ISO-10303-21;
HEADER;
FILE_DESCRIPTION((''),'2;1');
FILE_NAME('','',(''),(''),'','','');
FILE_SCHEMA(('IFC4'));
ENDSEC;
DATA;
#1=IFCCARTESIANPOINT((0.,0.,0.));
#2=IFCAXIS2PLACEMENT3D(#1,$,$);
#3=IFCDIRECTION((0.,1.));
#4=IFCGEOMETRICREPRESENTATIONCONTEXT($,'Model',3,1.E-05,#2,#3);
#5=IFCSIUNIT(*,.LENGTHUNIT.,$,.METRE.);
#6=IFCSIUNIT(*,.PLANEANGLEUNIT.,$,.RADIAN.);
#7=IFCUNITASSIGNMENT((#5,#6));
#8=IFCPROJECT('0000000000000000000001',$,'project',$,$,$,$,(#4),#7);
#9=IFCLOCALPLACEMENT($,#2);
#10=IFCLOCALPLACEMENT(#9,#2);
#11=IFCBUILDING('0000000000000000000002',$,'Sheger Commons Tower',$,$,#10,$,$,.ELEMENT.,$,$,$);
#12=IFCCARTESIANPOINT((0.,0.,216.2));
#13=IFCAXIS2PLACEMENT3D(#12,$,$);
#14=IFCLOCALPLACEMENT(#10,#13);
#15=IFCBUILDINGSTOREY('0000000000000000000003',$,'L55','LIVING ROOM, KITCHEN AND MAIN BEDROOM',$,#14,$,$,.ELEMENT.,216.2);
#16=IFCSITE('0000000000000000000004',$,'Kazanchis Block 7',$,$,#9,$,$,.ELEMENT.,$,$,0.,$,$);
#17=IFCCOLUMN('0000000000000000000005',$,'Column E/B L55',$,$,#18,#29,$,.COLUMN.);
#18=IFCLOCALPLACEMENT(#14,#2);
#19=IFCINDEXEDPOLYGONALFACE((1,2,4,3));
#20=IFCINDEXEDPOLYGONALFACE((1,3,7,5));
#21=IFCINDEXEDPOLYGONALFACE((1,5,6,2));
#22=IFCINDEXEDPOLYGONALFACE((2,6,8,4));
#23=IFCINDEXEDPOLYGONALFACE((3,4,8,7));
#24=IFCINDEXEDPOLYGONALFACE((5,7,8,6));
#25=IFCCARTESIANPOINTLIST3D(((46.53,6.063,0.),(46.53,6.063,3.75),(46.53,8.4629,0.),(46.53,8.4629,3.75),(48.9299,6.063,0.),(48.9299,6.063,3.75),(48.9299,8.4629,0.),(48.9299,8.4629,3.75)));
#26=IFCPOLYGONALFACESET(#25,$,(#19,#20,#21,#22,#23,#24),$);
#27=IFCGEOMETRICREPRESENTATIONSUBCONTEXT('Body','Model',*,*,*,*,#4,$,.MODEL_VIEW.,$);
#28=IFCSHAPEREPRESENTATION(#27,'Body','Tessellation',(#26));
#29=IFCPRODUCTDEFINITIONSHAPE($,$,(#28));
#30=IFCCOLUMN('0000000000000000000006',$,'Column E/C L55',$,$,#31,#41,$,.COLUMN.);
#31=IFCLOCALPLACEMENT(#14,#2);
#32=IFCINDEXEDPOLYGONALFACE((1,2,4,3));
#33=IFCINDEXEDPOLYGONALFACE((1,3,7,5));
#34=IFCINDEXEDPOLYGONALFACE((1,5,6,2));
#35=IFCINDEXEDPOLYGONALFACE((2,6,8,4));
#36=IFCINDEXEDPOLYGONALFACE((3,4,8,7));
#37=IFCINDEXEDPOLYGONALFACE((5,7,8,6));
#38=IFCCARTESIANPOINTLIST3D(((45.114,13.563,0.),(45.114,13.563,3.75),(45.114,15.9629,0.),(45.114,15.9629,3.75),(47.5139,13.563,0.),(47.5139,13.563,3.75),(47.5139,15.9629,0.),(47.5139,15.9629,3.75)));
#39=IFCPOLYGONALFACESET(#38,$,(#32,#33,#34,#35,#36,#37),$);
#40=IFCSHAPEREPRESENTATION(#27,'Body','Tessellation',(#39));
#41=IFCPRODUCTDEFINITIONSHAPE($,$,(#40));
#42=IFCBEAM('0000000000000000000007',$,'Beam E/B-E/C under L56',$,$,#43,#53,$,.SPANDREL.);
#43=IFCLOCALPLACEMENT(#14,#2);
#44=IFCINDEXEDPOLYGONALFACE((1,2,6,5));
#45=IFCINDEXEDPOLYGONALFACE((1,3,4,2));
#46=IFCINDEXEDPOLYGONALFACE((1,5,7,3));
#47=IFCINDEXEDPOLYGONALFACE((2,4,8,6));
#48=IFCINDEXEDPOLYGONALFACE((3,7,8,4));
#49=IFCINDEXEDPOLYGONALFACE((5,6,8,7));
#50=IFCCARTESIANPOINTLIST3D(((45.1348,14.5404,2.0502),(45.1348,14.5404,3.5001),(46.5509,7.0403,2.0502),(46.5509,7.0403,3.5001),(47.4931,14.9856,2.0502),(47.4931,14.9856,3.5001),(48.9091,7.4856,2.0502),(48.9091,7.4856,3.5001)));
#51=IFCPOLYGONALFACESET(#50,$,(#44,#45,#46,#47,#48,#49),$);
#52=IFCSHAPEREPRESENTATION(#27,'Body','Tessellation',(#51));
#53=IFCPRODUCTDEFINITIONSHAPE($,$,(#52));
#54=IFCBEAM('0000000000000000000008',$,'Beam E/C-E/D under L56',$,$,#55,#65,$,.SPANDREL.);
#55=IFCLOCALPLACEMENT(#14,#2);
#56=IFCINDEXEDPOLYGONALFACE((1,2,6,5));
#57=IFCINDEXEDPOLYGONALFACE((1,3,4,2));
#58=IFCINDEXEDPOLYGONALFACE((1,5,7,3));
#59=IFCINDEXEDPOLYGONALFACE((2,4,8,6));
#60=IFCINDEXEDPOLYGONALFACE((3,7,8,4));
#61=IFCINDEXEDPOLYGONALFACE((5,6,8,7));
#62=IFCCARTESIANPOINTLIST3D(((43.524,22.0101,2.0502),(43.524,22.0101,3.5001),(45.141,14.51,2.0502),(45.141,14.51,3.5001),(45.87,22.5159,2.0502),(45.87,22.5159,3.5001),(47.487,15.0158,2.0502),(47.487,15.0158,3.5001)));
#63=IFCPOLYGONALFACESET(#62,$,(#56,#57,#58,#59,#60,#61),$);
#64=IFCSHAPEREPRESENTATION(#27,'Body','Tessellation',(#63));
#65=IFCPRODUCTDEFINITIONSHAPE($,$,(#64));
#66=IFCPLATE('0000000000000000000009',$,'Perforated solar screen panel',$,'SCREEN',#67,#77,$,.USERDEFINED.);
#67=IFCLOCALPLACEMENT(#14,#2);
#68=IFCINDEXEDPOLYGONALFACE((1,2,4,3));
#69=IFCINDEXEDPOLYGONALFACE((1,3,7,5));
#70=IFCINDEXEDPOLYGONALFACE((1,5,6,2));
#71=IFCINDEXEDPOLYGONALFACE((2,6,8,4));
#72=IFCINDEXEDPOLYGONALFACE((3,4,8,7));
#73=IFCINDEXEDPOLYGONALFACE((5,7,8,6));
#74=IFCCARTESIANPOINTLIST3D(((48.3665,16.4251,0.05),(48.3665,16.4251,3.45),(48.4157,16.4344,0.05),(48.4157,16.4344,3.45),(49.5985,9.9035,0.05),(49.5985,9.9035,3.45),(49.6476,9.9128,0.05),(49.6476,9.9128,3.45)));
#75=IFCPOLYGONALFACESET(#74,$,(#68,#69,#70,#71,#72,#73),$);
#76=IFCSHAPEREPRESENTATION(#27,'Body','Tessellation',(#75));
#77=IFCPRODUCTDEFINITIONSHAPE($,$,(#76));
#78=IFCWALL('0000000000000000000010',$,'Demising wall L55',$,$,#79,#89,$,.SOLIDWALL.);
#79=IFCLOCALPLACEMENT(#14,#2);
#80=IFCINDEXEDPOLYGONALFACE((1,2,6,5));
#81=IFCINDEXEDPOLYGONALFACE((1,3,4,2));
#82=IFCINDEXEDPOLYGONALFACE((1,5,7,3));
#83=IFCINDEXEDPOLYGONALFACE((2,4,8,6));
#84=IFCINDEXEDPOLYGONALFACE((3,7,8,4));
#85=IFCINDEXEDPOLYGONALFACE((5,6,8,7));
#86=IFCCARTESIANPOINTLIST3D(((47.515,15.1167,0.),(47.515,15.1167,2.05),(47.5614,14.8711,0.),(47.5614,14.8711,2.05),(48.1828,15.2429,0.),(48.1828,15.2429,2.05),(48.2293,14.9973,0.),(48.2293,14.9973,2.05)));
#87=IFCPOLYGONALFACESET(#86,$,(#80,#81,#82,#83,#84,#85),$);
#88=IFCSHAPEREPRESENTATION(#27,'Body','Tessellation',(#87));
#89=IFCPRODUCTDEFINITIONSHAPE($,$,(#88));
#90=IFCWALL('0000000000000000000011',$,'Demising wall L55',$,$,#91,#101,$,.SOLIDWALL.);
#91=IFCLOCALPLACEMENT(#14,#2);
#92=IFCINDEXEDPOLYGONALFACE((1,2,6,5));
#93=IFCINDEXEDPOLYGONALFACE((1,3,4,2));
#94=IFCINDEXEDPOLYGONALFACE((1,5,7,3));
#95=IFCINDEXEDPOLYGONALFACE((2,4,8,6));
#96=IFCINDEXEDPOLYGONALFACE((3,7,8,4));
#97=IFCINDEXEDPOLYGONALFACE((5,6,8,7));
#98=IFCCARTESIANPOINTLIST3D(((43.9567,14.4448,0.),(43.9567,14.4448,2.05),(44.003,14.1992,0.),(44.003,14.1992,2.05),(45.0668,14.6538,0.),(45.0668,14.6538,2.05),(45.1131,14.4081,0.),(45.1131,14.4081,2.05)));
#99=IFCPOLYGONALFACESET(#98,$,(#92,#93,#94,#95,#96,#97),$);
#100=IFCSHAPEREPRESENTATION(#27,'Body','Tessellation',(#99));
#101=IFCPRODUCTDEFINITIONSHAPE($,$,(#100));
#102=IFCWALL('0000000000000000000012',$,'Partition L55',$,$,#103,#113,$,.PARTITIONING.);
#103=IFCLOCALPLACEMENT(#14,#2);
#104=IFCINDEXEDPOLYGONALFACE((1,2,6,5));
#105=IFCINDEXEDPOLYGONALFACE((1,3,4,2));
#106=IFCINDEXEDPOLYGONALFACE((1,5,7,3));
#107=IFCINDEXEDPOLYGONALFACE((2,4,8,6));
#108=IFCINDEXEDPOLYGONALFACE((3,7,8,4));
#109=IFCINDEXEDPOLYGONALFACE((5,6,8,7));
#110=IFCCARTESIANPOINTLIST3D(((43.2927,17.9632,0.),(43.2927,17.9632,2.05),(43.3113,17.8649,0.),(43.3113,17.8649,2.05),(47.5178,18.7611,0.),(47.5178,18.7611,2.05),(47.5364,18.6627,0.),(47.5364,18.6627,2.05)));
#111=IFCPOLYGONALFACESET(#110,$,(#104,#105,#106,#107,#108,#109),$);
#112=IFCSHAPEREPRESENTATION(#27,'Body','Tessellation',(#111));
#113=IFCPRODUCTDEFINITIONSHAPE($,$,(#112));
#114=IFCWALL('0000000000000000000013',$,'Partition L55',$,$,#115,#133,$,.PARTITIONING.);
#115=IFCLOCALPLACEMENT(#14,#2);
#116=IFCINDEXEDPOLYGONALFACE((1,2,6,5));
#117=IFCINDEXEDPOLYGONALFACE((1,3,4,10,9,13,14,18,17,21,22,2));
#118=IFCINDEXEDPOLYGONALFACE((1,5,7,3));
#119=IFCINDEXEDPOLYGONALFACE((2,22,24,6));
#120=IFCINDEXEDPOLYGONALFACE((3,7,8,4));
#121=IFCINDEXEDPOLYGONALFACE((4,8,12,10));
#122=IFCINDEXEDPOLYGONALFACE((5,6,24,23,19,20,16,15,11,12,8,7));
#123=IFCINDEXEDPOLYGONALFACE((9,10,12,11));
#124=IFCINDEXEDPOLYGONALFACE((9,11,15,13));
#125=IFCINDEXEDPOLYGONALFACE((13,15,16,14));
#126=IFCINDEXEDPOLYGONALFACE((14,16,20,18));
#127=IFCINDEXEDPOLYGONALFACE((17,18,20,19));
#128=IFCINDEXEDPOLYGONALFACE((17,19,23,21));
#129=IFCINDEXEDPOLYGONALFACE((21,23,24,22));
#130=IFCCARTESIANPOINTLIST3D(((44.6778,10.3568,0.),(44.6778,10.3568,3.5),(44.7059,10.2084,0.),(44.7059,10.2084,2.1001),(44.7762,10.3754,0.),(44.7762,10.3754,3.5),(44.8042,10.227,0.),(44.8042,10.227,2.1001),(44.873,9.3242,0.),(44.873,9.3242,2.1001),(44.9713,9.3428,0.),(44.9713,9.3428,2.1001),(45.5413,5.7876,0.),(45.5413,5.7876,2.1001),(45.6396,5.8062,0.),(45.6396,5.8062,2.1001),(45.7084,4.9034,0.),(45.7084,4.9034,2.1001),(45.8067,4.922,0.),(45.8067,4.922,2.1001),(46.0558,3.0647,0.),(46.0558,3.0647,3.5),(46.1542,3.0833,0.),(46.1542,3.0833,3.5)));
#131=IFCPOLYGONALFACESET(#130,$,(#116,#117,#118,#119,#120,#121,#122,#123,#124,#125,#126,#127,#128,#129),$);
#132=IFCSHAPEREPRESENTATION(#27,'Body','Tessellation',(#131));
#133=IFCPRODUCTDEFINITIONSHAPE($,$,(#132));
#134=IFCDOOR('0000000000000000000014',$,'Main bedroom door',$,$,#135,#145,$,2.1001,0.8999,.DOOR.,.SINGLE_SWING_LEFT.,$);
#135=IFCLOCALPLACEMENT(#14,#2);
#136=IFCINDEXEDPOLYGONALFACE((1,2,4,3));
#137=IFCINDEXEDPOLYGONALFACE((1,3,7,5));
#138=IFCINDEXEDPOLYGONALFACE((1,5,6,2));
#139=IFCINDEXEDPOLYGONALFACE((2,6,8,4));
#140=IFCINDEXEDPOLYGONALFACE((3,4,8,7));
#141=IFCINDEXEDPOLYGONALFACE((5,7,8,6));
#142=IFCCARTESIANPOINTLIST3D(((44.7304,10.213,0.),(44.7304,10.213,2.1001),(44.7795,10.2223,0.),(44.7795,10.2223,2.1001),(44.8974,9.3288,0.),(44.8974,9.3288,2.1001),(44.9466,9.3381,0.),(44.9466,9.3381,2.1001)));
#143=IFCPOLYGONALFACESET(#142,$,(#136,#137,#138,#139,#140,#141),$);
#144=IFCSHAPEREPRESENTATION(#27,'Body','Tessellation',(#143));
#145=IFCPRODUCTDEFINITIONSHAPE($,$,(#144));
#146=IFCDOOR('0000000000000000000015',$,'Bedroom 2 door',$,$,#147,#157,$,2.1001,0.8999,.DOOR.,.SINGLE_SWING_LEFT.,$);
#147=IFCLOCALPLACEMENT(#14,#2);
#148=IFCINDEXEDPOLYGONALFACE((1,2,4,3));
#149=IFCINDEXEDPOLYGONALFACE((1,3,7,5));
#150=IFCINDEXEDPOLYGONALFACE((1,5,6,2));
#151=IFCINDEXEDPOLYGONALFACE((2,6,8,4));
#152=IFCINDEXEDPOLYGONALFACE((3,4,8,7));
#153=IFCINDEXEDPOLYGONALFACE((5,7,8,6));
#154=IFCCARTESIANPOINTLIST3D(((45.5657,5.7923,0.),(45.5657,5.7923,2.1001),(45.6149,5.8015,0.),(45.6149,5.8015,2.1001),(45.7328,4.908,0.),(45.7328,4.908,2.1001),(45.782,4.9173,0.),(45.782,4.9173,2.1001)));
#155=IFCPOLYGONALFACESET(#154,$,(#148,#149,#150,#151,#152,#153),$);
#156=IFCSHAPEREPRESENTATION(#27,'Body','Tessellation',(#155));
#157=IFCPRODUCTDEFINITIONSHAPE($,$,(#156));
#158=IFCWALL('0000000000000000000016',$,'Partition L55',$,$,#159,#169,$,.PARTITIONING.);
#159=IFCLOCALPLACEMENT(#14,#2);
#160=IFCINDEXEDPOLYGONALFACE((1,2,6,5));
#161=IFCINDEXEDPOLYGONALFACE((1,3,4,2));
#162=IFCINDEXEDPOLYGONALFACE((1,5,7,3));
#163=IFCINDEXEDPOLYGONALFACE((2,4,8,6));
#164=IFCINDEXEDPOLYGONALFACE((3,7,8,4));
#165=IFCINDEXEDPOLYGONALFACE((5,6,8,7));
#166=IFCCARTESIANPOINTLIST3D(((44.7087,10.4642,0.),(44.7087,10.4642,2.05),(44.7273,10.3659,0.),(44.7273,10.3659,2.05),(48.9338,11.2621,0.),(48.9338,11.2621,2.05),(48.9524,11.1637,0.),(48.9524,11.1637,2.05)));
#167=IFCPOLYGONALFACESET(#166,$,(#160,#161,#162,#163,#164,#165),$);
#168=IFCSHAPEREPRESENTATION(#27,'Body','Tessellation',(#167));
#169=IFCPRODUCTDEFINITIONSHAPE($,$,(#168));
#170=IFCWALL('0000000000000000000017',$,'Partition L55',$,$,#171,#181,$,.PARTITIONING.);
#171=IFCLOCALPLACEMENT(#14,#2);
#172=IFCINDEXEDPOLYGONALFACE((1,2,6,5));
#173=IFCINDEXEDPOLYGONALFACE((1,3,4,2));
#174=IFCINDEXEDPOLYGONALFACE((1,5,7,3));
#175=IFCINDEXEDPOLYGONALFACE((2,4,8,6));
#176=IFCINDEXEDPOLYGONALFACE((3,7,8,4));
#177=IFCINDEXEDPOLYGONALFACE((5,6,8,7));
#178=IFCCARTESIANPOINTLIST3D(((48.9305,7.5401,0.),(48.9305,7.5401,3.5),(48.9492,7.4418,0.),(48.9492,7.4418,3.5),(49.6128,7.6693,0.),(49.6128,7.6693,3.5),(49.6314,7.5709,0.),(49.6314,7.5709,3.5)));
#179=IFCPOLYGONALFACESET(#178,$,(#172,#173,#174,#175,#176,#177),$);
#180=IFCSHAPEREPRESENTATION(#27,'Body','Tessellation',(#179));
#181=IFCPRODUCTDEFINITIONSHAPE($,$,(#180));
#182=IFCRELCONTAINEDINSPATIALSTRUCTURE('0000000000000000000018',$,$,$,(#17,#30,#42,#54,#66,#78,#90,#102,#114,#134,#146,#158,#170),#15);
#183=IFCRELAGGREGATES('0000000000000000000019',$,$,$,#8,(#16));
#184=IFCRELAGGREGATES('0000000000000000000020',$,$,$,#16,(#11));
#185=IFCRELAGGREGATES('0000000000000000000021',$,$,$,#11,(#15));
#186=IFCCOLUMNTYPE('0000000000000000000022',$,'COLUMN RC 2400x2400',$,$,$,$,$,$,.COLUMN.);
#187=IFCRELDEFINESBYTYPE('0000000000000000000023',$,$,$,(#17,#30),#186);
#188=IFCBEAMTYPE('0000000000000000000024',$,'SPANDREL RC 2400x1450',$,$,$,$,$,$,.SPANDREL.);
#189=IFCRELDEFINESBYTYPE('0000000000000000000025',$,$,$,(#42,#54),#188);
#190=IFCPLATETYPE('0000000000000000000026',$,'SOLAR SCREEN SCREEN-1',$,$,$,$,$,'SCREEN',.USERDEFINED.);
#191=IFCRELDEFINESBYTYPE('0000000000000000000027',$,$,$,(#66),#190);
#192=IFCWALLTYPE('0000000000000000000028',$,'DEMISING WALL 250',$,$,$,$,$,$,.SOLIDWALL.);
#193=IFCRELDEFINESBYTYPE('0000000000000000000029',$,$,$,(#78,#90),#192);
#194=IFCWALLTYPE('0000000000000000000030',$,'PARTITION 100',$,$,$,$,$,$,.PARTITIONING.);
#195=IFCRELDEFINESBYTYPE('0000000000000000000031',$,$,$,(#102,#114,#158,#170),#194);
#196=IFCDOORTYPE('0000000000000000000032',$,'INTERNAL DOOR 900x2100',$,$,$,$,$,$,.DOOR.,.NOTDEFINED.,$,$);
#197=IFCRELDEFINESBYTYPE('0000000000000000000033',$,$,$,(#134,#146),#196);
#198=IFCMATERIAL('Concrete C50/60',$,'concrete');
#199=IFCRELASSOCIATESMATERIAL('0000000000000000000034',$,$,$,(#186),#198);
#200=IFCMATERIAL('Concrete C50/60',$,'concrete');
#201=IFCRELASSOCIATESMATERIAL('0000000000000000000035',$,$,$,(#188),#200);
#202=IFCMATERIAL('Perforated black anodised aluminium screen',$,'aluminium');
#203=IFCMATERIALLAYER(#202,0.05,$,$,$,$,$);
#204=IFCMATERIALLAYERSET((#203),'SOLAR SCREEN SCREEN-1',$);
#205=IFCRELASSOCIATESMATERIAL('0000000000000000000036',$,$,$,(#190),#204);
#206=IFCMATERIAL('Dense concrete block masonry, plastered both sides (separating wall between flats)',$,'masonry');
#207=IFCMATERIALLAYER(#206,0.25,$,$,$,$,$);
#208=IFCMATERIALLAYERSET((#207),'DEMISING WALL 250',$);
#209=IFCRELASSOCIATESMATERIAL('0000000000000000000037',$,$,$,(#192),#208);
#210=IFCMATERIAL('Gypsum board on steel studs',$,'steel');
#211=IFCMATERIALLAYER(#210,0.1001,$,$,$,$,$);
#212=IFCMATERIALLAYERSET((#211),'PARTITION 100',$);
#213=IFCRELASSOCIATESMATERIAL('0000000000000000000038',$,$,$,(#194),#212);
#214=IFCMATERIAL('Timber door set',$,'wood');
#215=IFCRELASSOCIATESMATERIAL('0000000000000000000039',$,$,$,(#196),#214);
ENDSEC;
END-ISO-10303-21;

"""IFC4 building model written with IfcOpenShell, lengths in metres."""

from ifc_helpers import new_model, si_unit, direction, frame, frame_2d, origin, origin_2d, place, context, subcontext, project, spatial, rectangle, extrude, material, layer, layer_set, material_profile, profile_set, type_object, element, fill, save


model = new_model("IFC4")

# Units and contexts
model_context = context("Model", 3, precision=1e-05, world=origin(), true_north=direction((0.0, 1.0)))
body_context = subcontext(model_context, "Body", "Model", "MODEL_VIEW")
ifc_project = project(units=[si_unit("LENGTHUNIT", "METRE"), si_unit("PLANEANGLEUNIT", "RADIAN")], contexts=[model_context])

# Site, building, storey
site_placement = place(None, origin())
site = spatial("IfcSite", under=ifc_project, at=site_placement, Name="Kazanchis Block 7", CompositionType="ELEMENT", RefElevation=0.0)
building_placement = place(site_placement, origin())
building = spatial("IfcBuilding", under=site, at=building_placement, Name="Sheger Commons Tower", CompositionType="ELEMENT")
storey_placement = place(building_placement, frame((0.0, 0.0, 216.2)))
storey = spatial("IfcBuildingStorey", under=building, at=storey_placement, Name="L55", Description="LIVING ROOM, KITCHEN AND MAIN BEDROOM", CompositionType="ELEMENT", Elevation=216.2)

# Columns
ifc_material_1 = material(Name="Concrete C50/60", Category="concrete")
ifc_material_profile_1 = material_profile(ifc_material_1, rectangle(XDim=2.3999, YDim=2.3999, at=origin_2d()), Name="RC 2400x2400")
ifc_profile_set_1 = profile_set([ifc_material_profile_1], Name="Concrete C50/60")
column_type = type_object("IfcColumnType", Name="COLUMN RC 2400x2400", PredefinedType="COLUMN", material=ifc_profile_set_1)
for number, where, z_axis, x_axis, name in (
    (1, (47.73, 7.2629, 0.0), (0.0, 0.0, 1.0), (1.0, 0.0, 0.0), "Column E/B L55"),
    (2, (46.314, 14.7629, 0.0), (0.0, 0.0, 1.0), (1.0, 0.0, 0.0), "Column E/C L55"),
):
    element("IfcColumn", number, at=place(storey_placement, frame(where, z_axis=z_axis, x_axis=x_axis)), inside=storey, type_object=column_type, Name=name, PredefinedType="COLUMN", context=body_context, shape_type="SweptSolid", body=[
        extrude(rectangle(XDim=2.3999, YDim=2.3999, at=origin_2d()), origin(), (0.0, 0.0, 1.0), 3.75),
    ])

# Beams
ifc_material_2 = material(Name="Concrete C50/60", Category="concrete")
ifc_material_profile_2 = material_profile(ifc_material_2, rectangle(XDim=2.3999, YDim=1.45, at=origin_2d()), Name="RC 2400x1450")
ifc_profile_set_2 = profile_set([ifc_material_profile_2], Name="Concrete C50/60")
beam_type = type_object("IfcBeamType", Name="SPANDREL RC 2400x1450", PredefinedType="SPANDREL", material=ifc_profile_set_2)
beam_1_placement = place(storey_placement, frame((47.73, 7.2629, 2.7751), z_axis=(-0.185524, 0.98264, 0.0), x_axis=(-0.98264, -0.185524, 0.0)))
element("IfcBeam", 3, at=beam_1_placement, inside=storey, type_object=beam_type, Name="Beam E/B-E/C under L56", PredefinedType="SPANDREL", context=body_context, shape_type="SweptSolid", body=[
    extrude(rectangle(XDim=2.3999, YDim=1.45, at=origin_2d()), origin(), (0.0, 0.0, 1.0), 7.6326),
])
beam_2_placement = place(storey_placement, frame((46.314, 14.7629, 2.7751), z_axis=(-0.21075, 0.97754, 0.0), x_axis=(-0.97754, -0.21075, 0.0)))
element("IfcBeam", 4, at=beam_2_placement, inside=storey, type_object=beam_type, Name="Beam E/C-E/D under L56", PredefinedType="SPANDREL", context=body_context, shape_type="SweptSolid", body=[
    extrude(rectangle(XDim=2.3999, YDim=1.45, at=origin_2d()), origin(), (0.0, 0.0, 1.0), 7.6724),
])

# Plate
ifc_material_3 = material(Name="Perforated black anodised aluminium screen", Category="aluminium")
ifc_layer_1 = layer(ifc_material_3, 0.05)
ifc_layer_set_1 = layer_set([ifc_layer_1], Name="SOLAR SCREEN SCREEN-1")
plate_type = type_object("IfcPlateType", Name="SOLAR SCREEN SCREEN-1", ElementType="SCREEN", PredefinedType="USERDEFINED", material=ifc_layer_set_1)
plate_placement = place(storey_placement, frame((49.0071, 13.1689, 0.05), z_axis=(0.0, 0.0, 1.0), x_axis=(-0.185615, 0.982623, 0.0)))
element("IfcPlate", 5, at=plate_placement, inside=storey, type_object=plate_type, Name="Perforated solar screen panel", ObjectType="SCREEN", PredefinedType="USERDEFINED", context=body_context, shape_type="SweptSolid", body=[
    extrude(rectangle(XDim=6.637, YDim=0.05, at=origin_2d()), origin(), (0.0, 0.0, 1.0), 3.3999),
])

# Walls
ifc_material_4 = material(Name="Dense concrete block masonry, plastered both sides (separating wall between flats)", Category="masonry")
ifc_layer_2 = layer(ifc_material_4, 0.25)
ifc_layer_set_2 = layer_set([ifc_layer_2], Name="DEMISING WALL 250")
wall_type_1 = type_object("IfcWallType", Name="DEMISING WALL 250", PredefinedType="SOLIDWALL", material=ifc_layer_set_2)
wall_1_placement = place(storey_placement, frame((48.2061, 15.1201, 0.0), z_axis=(0.0, 0.0, 1.0), x_axis=(-0.982611, -0.185676, 0.0)))
element("IfcWall", 6, at=wall_1_placement, inside=storey, type_object=wall_type_1, Name="Demising wall L55", PredefinedType="SOLIDWALL", context=body_context, shape_type="SweptSolid", body=[
    extrude(rectangle(XDim=0.6797, YDim=0.25, at=frame_2d((0.3398, 0.0))), origin(), (0.0, 0.0, 1.0), 2.05),
])
wall_2_placement = place(storey_placement, frame((45.0901, 14.531, 0.0), z_axis=(0.0, 0.0, 1.0), x_axis=(-0.982737, -0.185006, 0.0)))
element("IfcWall", 7, at=wall_2_placement, inside=storey, type_object=wall_type_1, Name="Demising wall L55", PredefinedType="SOLIDWALL", context=body_context, shape_type="SweptSolid", body=[
    extrude(rectangle(XDim=1.1296, YDim=0.25, at=frame_2d((0.5649, 0.0))), origin(), (0.0, 0.0, 1.0), 2.05),
])
ifc_material_5 = material(Name="Gypsum board on steel studs", Category="steel")
ifc_layer_3 = layer(ifc_material_5, 0.1001)
ifc_layer_set_3 = layer_set([ifc_layer_3], Name="PARTITION 100")
wall_type_2 = type_object("IfcWallType", Name="PARTITION 100", PredefinedType="PARTITIONING", material=ifc_layer_set_3)
wall_3_placement = place(storey_placement, frame((47.5271, 18.7119, 0.0), z_axis=(0.0, 0.0, 1.0), x_axis=(-0.982634, -0.185557, 0.0)))
element("IfcWall", 8, at=wall_3_placement, inside=storey, type_object=wall_type_2, Name="Partition L55", PredefinedType="PARTITIONING", context=body_context, shape_type="SweptSolid", body=[
    extrude(rectangle(XDim=4.2998, YDim=0.1001, at=frame_2d((2.1499, 0.0))), origin(), (0.0, 0.0, 1.0), 2.05),
])

# Wall, openings, doors
wall_4_placement = place(storey_placement, frame((44.7271, 10.366, 0.0), z_axis=(0.0, 0.0, 1.0), x_axis=(0.185679, -0.98261, 0.0)))
wall_4 = element("IfcWall", 9, at=wall_4_placement, inside=storey, type_object=wall_type_2, Name="Partition L55", PredefinedType="PARTITIONING", context=body_context, shape_type="SweptSolid", body=[
    extrude(rectangle(XDim=7.4211, YDim=0.1001, at=frame_2d((3.7104, 0.0))), origin(), (0.0, 0.0, 1.0), 3.5),
])
opening_1_placement = place(wall_4_placement, frame((0.1509, 0.0, 0.0)))
opening_1 = element("IfcOpeningElement", 10, at=opening_1_placement, cuts=wall_4, PredefinedType="OPENING", context=body_context, shape_type="SweptSolid", body=[
    extrude(rectangle(XDim=0.8999, YDim=2.1001, at=frame_2d((0.45, 1.05))), frame((0.0, 0.0601, 0.0), z_axis=(0.0, -1.0, 0.0), x_axis=(1.0, 0.0, 0.0)), (0.0, 0.0, 1.0), 0.1201),
])
opening_2_placement = place(wall_4_placement, frame((4.6499, 0.0, 0.0)))
opening_2 = element("IfcOpeningElement", 11, at=opening_2_placement, cuts=wall_4, PredefinedType="OPENING", context=body_context, shape_type="SweptSolid", body=[
    extrude(rectangle(XDim=0.8999, YDim=2.1001, at=frame_2d((0.45, 1.05))), frame((0.0, 0.0601, 0.0), z_axis=(0.0, -1.0, 0.0), x_axis=(1.0, 0.0, 0.0)), (0.0, 0.0, 1.0), 0.1201),
])
ifc_material_6 = material(Name="Timber door set", Category="wood")
door_type = type_object("IfcDoorType", Name="INTERNAL DOOR 900x2100", OperationType="NOTDEFINED", PredefinedType="DOOR", material=ifc_material_6)
door_1_placement = place(opening_1_placement, origin())
door_1 = element("IfcDoor", 12, at=door_1_placement, inside=storey, type_object=door_type, Name="Main bedroom door", OperationType="SINGLE_SWING_LEFT", OverallHeight=2.1001, OverallWidth=0.8999, PredefinedType="DOOR", context=body_context, shape_type="SweptSolid", body=[
    extrude(rectangle(XDim=0.8999, YDim=2.1001, at=frame_2d((0.45, 1.05))), frame((0.0, 0.0249, 0.0), z_axis=(0.0, -1.0, 0.0), x_axis=(1.0, 0.0, 0.0)), (0.0, 0.0, 1.0), 0.05),
])
fill(opening_1, door_1)
door_2_placement = place(opening_2_placement, origin())
door_2 = element("IfcDoor", 13, at=door_2_placement, inside=storey, type_object=door_type, Name="Bedroom 2 door", OperationType="SINGLE_SWING_LEFT", OverallHeight=2.1001, OverallWidth=0.8999, PredefinedType="DOOR", context=body_context, shape_type="SweptSolid", body=[
    extrude(rectangle(XDim=0.8999, YDim=2.1001, at=frame_2d((0.45, 1.05))), frame((0.0, 0.0249, 0.0), z_axis=(0.0, -1.0, 0.0), x_axis=(1.0, 0.0, 0.0)), (0.0, 0.0, 1.0), 0.05),
])
fill(opening_2, door_2)

# Walls
wall_5_placement = place(storey_placement, frame((48.9431, 11.2129, 0.0), z_axis=(0.0, 0.0, 1.0), x_axis=(-0.982634, -0.185557, 0.0)))
element("IfcWall", 14, at=wall_5_placement, inside=storey, type_object=wall_type_2, Name="Partition L55", PredefinedType="PARTITIONING", context=body_context, shape_type="SweptSolid", body=[
    extrude(rectangle(XDim=4.2998, YDim=0.1001, at=frame_2d((2.1499, 0.0))), origin(), (0.0, 0.0, 1.0), 2.05),
])
wall_6_placement = place(storey_placement, frame((49.6221, 7.6201, 0.0), z_axis=(0.0, 0.0, 1.0), x_axis=(-0.982544, -0.186029, 0.0)))
element("IfcWall", 15, at=wall_6_placement, inside=storey, type_object=wall_type_2, Name="Partition L55", PredefinedType="PARTITIONING", context=body_context, shape_type="SweptSolid", body=[
    extrude(rectangle(XDim=0.6943, YDim=0.1001, at=frame_2d((0.3472, 0.0))), origin(), (0.0, 0.0, 1.0), 3.5),
])

save(model, "model.ifc")
